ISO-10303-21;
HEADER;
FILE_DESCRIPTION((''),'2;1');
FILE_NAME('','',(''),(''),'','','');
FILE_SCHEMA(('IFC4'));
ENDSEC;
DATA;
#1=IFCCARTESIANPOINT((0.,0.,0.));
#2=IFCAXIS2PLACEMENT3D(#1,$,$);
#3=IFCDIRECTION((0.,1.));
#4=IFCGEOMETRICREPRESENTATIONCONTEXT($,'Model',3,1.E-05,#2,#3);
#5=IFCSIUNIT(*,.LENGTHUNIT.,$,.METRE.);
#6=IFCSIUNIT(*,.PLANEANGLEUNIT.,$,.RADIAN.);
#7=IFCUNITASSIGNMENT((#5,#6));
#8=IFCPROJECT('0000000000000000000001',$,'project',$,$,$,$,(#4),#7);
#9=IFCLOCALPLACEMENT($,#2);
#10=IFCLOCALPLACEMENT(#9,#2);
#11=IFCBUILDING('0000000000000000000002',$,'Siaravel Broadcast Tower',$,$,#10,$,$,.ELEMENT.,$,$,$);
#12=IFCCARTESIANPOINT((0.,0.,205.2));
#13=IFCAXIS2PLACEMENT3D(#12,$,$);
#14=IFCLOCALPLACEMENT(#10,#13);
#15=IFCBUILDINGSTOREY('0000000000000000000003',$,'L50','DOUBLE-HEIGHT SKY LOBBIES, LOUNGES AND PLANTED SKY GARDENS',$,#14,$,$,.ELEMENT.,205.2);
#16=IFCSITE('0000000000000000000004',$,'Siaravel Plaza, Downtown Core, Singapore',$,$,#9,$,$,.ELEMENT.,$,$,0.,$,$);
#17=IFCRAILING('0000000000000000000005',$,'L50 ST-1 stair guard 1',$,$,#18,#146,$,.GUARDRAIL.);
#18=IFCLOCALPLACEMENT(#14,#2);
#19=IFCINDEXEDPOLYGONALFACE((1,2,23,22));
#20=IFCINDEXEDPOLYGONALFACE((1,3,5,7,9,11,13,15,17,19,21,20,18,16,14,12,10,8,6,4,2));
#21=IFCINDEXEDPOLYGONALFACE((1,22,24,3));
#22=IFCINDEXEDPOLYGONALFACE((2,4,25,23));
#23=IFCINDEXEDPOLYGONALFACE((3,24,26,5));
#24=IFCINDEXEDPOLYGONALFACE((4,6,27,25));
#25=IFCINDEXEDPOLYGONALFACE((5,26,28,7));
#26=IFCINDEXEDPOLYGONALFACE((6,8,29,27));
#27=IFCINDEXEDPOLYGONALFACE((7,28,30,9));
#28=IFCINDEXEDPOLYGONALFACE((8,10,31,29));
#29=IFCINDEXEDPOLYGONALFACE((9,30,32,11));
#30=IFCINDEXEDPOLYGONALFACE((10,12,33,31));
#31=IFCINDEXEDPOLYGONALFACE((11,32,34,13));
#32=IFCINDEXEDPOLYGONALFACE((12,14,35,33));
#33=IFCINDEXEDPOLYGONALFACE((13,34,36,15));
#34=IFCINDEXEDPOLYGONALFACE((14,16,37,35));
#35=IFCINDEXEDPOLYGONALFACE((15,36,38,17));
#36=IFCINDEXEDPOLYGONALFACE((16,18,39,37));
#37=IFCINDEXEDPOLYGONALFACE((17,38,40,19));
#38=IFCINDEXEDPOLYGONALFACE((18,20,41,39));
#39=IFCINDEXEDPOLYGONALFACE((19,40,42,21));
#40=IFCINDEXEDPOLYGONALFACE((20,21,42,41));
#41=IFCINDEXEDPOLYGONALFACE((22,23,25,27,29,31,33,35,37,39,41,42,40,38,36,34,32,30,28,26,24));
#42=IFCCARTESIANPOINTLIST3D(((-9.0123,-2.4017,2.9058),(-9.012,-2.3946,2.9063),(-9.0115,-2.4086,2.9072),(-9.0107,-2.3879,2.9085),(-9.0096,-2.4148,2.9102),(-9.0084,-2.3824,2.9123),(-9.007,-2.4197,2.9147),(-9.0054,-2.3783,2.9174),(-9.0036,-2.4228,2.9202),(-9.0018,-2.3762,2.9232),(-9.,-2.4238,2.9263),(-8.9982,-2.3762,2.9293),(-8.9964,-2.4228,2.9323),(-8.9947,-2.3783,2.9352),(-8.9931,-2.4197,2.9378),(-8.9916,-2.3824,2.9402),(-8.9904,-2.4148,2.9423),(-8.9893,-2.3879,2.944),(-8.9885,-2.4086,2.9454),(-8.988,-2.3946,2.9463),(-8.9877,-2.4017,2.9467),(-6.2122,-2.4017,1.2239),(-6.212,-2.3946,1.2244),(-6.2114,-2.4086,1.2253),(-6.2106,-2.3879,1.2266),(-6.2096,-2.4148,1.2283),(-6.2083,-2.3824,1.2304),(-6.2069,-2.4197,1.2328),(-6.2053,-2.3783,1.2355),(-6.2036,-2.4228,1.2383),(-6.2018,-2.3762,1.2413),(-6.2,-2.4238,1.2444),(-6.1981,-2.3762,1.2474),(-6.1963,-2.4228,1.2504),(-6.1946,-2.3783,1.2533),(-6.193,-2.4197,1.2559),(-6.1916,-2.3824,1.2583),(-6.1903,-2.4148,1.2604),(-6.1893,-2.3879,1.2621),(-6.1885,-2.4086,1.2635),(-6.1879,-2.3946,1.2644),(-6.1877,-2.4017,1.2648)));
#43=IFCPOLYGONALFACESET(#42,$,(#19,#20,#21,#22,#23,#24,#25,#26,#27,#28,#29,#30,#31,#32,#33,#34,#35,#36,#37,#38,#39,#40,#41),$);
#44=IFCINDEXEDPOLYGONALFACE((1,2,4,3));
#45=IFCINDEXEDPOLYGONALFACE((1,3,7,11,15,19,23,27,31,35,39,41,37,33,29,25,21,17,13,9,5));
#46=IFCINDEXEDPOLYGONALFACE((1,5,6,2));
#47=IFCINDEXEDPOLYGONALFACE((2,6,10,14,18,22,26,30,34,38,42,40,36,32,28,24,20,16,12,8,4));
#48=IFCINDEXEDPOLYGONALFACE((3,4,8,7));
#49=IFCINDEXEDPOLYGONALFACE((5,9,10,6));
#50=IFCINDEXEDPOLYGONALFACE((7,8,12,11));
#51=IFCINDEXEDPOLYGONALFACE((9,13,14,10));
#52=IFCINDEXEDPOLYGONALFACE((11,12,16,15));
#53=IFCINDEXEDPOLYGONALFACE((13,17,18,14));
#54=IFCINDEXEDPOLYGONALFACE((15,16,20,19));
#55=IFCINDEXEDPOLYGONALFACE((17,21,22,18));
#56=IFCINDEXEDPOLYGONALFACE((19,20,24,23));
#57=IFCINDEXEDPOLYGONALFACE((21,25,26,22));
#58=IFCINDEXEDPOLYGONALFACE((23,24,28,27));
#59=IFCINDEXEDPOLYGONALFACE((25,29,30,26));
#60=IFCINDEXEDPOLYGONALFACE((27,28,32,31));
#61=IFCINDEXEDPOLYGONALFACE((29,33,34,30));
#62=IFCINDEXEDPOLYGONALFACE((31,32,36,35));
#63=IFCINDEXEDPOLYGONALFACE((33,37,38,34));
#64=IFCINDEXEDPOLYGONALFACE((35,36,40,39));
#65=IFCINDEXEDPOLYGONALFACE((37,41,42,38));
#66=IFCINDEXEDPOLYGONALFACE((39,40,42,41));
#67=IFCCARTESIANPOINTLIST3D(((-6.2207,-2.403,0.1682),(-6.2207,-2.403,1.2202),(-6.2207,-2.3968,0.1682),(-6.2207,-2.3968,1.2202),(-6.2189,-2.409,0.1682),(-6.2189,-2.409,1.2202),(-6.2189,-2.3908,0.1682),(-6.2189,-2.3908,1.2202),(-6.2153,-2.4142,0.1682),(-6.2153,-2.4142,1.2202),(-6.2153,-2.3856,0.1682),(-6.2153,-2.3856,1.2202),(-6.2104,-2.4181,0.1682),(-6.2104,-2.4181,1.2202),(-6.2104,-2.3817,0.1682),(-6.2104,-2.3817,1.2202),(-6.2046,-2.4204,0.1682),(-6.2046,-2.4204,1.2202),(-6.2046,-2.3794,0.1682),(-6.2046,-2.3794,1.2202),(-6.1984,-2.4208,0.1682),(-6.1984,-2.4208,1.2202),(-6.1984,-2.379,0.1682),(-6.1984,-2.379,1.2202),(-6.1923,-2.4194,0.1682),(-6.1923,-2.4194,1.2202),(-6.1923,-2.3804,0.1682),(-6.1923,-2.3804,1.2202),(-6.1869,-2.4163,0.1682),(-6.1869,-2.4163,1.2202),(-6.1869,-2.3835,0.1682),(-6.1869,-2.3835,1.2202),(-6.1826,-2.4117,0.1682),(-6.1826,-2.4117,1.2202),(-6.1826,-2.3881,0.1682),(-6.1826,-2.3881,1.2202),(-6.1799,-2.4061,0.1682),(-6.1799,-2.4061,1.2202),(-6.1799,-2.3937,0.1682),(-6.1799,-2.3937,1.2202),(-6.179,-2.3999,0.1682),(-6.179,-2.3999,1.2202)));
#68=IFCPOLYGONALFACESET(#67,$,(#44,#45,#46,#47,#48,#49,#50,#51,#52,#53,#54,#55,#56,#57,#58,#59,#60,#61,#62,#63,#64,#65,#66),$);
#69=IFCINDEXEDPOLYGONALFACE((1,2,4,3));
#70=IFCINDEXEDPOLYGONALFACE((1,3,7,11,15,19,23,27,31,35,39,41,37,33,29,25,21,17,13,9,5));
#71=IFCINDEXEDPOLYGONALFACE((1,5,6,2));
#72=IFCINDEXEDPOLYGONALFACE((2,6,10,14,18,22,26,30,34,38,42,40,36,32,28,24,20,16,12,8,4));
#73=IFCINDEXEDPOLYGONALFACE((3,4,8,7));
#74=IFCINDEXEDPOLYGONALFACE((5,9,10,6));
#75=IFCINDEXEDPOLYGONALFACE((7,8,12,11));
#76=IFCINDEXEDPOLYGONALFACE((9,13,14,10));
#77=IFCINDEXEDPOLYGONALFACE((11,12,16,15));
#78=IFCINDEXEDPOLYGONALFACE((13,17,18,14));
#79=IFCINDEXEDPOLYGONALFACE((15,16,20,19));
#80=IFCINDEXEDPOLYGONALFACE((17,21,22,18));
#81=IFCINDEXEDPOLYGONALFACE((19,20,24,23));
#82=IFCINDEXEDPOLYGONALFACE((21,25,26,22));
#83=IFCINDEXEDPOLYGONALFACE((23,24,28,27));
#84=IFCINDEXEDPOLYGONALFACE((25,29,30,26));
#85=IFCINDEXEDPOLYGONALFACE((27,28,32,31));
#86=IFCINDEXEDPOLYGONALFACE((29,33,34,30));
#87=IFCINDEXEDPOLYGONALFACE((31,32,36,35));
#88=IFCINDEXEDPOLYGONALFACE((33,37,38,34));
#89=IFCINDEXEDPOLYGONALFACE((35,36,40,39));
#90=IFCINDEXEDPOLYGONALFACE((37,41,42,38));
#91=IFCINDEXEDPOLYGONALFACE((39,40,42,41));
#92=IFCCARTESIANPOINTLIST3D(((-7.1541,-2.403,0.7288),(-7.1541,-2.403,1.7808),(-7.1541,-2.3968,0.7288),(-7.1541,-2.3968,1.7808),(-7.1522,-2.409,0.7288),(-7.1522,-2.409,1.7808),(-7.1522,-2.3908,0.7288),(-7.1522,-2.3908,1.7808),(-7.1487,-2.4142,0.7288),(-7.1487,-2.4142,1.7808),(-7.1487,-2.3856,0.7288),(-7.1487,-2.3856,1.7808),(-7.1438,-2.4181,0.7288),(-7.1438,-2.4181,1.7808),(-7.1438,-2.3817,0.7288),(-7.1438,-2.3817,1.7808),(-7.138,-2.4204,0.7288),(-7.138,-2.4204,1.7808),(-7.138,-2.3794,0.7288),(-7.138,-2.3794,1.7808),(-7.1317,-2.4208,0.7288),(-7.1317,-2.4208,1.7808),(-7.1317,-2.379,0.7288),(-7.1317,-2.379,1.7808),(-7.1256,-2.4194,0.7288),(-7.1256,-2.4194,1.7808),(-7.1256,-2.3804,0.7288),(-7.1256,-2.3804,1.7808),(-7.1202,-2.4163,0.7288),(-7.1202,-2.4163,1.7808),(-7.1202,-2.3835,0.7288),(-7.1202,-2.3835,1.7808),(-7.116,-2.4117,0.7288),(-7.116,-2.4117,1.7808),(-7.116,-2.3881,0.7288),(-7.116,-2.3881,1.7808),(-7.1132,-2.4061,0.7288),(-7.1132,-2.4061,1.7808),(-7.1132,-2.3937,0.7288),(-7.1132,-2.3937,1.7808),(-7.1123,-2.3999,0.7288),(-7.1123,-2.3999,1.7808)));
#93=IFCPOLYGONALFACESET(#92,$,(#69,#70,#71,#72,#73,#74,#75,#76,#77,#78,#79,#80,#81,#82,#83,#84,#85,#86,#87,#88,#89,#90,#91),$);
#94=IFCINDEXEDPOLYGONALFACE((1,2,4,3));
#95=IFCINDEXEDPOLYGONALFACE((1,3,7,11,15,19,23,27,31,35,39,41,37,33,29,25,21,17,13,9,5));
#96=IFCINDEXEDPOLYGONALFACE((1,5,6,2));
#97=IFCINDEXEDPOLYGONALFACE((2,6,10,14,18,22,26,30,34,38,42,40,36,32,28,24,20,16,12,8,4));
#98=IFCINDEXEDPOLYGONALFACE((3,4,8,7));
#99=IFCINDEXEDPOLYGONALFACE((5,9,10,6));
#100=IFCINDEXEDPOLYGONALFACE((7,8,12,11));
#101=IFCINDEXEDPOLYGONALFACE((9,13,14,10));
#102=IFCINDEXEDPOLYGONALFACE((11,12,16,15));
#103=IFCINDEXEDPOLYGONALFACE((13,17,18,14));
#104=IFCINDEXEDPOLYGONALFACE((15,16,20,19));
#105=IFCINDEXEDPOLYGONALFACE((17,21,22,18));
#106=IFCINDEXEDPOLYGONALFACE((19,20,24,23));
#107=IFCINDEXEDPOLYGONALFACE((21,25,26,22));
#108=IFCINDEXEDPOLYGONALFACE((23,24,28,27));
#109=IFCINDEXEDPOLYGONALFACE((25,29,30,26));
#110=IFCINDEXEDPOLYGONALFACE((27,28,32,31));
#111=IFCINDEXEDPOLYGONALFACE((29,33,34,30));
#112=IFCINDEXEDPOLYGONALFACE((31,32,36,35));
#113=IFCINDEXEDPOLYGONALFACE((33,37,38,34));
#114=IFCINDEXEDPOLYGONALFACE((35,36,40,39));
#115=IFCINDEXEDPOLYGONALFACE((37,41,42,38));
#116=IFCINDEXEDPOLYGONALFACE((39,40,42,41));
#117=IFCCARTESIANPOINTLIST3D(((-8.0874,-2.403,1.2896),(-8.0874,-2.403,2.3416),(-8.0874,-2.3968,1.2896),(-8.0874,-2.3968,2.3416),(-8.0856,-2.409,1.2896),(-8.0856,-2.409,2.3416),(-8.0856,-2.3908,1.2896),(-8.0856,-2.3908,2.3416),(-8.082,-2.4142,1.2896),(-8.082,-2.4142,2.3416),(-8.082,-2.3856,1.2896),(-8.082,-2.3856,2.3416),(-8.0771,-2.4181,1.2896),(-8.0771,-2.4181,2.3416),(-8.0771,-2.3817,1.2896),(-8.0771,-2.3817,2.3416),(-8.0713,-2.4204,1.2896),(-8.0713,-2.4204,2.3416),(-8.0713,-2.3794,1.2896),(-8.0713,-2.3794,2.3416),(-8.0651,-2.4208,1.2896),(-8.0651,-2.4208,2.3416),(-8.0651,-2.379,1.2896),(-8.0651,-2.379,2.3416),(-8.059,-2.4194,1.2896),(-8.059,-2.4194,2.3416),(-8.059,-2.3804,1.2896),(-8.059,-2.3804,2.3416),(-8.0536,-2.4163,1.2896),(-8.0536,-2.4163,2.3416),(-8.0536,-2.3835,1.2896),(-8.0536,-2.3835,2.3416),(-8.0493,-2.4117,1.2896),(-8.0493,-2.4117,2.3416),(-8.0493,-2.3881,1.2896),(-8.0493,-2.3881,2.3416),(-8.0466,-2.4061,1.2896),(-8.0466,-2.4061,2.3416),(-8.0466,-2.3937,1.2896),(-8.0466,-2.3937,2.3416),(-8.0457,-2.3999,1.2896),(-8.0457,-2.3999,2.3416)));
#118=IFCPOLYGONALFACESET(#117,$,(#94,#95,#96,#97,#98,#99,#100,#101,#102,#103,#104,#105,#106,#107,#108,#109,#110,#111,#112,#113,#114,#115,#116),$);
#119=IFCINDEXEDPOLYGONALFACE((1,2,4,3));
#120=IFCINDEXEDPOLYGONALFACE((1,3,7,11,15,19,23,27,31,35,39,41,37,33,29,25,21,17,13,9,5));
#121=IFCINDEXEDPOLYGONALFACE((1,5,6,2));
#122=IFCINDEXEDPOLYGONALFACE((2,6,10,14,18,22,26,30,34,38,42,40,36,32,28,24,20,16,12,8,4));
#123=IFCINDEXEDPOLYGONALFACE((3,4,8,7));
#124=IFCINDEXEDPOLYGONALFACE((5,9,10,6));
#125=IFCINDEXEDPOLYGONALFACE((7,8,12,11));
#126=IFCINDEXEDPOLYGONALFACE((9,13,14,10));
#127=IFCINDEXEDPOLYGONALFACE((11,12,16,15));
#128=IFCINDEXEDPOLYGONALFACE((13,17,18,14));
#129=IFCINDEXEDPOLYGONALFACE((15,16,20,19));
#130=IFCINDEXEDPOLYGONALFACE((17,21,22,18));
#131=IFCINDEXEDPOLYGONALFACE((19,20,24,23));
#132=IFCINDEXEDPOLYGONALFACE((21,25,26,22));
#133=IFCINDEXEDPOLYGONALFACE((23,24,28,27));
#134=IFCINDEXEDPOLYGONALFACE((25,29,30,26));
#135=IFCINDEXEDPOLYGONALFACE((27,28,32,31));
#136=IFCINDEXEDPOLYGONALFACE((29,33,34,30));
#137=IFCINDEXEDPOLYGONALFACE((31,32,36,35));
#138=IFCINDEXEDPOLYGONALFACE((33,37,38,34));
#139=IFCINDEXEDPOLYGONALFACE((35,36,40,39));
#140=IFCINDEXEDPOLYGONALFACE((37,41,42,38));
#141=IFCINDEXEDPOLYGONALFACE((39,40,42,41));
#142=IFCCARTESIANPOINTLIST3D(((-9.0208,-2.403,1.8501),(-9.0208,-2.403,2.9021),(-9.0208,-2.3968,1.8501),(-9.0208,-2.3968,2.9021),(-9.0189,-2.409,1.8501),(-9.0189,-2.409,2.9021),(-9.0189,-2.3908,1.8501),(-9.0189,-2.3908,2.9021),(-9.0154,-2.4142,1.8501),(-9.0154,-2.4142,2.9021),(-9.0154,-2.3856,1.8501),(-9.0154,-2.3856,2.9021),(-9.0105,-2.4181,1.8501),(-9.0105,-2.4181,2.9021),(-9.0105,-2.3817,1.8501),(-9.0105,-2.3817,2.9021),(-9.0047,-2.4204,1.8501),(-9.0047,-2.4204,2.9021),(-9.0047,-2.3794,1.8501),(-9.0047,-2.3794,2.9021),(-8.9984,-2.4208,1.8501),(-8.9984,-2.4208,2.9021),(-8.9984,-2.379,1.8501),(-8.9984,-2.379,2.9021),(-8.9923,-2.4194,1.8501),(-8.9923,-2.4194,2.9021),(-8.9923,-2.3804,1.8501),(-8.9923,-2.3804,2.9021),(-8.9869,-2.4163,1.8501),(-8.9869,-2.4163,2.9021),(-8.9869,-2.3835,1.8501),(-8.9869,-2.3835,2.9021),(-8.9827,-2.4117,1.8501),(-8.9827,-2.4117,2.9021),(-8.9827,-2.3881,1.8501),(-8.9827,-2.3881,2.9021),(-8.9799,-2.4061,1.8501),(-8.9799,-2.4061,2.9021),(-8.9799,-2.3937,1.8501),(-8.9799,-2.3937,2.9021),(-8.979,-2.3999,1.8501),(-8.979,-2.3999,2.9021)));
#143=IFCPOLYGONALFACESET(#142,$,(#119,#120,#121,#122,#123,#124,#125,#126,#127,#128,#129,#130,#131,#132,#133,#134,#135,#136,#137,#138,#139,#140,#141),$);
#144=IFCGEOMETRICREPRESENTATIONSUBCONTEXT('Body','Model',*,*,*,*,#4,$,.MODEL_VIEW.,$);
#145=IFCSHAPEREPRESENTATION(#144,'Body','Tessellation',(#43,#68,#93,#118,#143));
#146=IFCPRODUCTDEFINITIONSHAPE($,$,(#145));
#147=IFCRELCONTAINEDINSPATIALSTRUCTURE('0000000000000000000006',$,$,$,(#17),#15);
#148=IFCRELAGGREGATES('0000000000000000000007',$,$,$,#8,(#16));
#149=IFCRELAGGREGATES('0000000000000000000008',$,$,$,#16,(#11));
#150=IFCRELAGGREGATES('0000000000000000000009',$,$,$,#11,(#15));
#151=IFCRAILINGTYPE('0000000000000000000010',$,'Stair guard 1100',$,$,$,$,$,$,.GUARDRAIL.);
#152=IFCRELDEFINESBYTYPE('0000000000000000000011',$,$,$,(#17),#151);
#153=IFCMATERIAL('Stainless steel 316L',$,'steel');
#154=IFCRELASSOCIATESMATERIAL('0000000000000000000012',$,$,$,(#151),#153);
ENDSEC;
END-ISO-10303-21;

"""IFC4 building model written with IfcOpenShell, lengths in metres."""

from ifc_helpers import new_model, si_unit, direction, frame, origin, origin_2d, place, context, subcontext, project, spatial, circle, extrude, material, type_object, element, save


model = new_model("IFC4")

# Units and contexts
model_context = context("Model", 3, precision=1e-05, world=origin(), true_north=direction((0.0, 1.0)))
body_context = subcontext(model_context, "Body", "Model", "MODEL_VIEW")
ifc_project = project(units=[si_unit("LENGTHUNIT", "METRE"), si_unit("PLANEANGLEUNIT", "RADIAN")], contexts=[model_context])

# Site, building, storey
site_placement = place(None, origin())
site = spatial("IfcSite", under=ifc_project, at=site_placement, Name="Siaravel Plaza, Downtown Core, Singapore", CompositionType="ELEMENT", RefElevation=0.0)
building_placement = place(site_placement, origin())
building = spatial("IfcBuilding", under=site, at=building_placement, Name="Siaravel Broadcast Tower", CompositionType="ELEMENT")
storey_placement = place(building_placement, frame((0.0, 0.0, 205.2)))
storey = spatial("IfcBuildingStorey", under=building, at=storey_placement, Name="L50", Description="DOUBLE-HEIGHT SKY LOBBIES, LOUNGES AND PLANTED SKY GARDENS", CompositionType="ELEMENT", Elevation=205.2)

# Shared definitions
ifc_material_1 = material(Name="Stainless steel 316L", Category="steel")

# Railing
railing_type_1 = type_object("IfcRailingType", Name="Stair guard 1100", PredefinedType="GUARDRAIL", material=ifc_material_1)
railing_1_placement = place(storey_placement, frame((-6.2, -2.3999, 0.1682)))
element("IfcRailing", 1, at=railing_1_placement, inside=storey, type_object=railing_type_1, Name="L50 ST-1 stair guard 1", PredefinedType="GUARDRAIL", context=body_context, shape_type="SweptSolid", body=[
    extrude(circle(Radius=0.0239, at=origin_2d()), frame((0.0, 0.0, 1.0762), z_axis=(-0.857242, 0.0, 0.514913), x_axis=(0.0, -1.0, 0.0)), (0.0, 0.0, 1.0), 3.2664),
    extrude(circle(Radius=0.021, at=origin_2d()), origin(), (0.0, 0.0, 1.0), 1.052),
    extrude(circle(Radius=0.021, at=origin_2d()), frame((-0.9333, 0.0, 0.5605)), (0.0, 0.0, 1.0), 1.052),
    extrude(circle(Radius=0.021, at=origin_2d()), frame((-1.8667, 0.0, 1.1213)), (0.0, 0.0, 1.0), 1.052),
    extrude(circle(Radius=0.021, at=origin_2d()), frame((-2.8, 0.0, 1.6819)), (0.0, 0.0, 1.0), 1.052),
])

save(model, "model.ifc")
